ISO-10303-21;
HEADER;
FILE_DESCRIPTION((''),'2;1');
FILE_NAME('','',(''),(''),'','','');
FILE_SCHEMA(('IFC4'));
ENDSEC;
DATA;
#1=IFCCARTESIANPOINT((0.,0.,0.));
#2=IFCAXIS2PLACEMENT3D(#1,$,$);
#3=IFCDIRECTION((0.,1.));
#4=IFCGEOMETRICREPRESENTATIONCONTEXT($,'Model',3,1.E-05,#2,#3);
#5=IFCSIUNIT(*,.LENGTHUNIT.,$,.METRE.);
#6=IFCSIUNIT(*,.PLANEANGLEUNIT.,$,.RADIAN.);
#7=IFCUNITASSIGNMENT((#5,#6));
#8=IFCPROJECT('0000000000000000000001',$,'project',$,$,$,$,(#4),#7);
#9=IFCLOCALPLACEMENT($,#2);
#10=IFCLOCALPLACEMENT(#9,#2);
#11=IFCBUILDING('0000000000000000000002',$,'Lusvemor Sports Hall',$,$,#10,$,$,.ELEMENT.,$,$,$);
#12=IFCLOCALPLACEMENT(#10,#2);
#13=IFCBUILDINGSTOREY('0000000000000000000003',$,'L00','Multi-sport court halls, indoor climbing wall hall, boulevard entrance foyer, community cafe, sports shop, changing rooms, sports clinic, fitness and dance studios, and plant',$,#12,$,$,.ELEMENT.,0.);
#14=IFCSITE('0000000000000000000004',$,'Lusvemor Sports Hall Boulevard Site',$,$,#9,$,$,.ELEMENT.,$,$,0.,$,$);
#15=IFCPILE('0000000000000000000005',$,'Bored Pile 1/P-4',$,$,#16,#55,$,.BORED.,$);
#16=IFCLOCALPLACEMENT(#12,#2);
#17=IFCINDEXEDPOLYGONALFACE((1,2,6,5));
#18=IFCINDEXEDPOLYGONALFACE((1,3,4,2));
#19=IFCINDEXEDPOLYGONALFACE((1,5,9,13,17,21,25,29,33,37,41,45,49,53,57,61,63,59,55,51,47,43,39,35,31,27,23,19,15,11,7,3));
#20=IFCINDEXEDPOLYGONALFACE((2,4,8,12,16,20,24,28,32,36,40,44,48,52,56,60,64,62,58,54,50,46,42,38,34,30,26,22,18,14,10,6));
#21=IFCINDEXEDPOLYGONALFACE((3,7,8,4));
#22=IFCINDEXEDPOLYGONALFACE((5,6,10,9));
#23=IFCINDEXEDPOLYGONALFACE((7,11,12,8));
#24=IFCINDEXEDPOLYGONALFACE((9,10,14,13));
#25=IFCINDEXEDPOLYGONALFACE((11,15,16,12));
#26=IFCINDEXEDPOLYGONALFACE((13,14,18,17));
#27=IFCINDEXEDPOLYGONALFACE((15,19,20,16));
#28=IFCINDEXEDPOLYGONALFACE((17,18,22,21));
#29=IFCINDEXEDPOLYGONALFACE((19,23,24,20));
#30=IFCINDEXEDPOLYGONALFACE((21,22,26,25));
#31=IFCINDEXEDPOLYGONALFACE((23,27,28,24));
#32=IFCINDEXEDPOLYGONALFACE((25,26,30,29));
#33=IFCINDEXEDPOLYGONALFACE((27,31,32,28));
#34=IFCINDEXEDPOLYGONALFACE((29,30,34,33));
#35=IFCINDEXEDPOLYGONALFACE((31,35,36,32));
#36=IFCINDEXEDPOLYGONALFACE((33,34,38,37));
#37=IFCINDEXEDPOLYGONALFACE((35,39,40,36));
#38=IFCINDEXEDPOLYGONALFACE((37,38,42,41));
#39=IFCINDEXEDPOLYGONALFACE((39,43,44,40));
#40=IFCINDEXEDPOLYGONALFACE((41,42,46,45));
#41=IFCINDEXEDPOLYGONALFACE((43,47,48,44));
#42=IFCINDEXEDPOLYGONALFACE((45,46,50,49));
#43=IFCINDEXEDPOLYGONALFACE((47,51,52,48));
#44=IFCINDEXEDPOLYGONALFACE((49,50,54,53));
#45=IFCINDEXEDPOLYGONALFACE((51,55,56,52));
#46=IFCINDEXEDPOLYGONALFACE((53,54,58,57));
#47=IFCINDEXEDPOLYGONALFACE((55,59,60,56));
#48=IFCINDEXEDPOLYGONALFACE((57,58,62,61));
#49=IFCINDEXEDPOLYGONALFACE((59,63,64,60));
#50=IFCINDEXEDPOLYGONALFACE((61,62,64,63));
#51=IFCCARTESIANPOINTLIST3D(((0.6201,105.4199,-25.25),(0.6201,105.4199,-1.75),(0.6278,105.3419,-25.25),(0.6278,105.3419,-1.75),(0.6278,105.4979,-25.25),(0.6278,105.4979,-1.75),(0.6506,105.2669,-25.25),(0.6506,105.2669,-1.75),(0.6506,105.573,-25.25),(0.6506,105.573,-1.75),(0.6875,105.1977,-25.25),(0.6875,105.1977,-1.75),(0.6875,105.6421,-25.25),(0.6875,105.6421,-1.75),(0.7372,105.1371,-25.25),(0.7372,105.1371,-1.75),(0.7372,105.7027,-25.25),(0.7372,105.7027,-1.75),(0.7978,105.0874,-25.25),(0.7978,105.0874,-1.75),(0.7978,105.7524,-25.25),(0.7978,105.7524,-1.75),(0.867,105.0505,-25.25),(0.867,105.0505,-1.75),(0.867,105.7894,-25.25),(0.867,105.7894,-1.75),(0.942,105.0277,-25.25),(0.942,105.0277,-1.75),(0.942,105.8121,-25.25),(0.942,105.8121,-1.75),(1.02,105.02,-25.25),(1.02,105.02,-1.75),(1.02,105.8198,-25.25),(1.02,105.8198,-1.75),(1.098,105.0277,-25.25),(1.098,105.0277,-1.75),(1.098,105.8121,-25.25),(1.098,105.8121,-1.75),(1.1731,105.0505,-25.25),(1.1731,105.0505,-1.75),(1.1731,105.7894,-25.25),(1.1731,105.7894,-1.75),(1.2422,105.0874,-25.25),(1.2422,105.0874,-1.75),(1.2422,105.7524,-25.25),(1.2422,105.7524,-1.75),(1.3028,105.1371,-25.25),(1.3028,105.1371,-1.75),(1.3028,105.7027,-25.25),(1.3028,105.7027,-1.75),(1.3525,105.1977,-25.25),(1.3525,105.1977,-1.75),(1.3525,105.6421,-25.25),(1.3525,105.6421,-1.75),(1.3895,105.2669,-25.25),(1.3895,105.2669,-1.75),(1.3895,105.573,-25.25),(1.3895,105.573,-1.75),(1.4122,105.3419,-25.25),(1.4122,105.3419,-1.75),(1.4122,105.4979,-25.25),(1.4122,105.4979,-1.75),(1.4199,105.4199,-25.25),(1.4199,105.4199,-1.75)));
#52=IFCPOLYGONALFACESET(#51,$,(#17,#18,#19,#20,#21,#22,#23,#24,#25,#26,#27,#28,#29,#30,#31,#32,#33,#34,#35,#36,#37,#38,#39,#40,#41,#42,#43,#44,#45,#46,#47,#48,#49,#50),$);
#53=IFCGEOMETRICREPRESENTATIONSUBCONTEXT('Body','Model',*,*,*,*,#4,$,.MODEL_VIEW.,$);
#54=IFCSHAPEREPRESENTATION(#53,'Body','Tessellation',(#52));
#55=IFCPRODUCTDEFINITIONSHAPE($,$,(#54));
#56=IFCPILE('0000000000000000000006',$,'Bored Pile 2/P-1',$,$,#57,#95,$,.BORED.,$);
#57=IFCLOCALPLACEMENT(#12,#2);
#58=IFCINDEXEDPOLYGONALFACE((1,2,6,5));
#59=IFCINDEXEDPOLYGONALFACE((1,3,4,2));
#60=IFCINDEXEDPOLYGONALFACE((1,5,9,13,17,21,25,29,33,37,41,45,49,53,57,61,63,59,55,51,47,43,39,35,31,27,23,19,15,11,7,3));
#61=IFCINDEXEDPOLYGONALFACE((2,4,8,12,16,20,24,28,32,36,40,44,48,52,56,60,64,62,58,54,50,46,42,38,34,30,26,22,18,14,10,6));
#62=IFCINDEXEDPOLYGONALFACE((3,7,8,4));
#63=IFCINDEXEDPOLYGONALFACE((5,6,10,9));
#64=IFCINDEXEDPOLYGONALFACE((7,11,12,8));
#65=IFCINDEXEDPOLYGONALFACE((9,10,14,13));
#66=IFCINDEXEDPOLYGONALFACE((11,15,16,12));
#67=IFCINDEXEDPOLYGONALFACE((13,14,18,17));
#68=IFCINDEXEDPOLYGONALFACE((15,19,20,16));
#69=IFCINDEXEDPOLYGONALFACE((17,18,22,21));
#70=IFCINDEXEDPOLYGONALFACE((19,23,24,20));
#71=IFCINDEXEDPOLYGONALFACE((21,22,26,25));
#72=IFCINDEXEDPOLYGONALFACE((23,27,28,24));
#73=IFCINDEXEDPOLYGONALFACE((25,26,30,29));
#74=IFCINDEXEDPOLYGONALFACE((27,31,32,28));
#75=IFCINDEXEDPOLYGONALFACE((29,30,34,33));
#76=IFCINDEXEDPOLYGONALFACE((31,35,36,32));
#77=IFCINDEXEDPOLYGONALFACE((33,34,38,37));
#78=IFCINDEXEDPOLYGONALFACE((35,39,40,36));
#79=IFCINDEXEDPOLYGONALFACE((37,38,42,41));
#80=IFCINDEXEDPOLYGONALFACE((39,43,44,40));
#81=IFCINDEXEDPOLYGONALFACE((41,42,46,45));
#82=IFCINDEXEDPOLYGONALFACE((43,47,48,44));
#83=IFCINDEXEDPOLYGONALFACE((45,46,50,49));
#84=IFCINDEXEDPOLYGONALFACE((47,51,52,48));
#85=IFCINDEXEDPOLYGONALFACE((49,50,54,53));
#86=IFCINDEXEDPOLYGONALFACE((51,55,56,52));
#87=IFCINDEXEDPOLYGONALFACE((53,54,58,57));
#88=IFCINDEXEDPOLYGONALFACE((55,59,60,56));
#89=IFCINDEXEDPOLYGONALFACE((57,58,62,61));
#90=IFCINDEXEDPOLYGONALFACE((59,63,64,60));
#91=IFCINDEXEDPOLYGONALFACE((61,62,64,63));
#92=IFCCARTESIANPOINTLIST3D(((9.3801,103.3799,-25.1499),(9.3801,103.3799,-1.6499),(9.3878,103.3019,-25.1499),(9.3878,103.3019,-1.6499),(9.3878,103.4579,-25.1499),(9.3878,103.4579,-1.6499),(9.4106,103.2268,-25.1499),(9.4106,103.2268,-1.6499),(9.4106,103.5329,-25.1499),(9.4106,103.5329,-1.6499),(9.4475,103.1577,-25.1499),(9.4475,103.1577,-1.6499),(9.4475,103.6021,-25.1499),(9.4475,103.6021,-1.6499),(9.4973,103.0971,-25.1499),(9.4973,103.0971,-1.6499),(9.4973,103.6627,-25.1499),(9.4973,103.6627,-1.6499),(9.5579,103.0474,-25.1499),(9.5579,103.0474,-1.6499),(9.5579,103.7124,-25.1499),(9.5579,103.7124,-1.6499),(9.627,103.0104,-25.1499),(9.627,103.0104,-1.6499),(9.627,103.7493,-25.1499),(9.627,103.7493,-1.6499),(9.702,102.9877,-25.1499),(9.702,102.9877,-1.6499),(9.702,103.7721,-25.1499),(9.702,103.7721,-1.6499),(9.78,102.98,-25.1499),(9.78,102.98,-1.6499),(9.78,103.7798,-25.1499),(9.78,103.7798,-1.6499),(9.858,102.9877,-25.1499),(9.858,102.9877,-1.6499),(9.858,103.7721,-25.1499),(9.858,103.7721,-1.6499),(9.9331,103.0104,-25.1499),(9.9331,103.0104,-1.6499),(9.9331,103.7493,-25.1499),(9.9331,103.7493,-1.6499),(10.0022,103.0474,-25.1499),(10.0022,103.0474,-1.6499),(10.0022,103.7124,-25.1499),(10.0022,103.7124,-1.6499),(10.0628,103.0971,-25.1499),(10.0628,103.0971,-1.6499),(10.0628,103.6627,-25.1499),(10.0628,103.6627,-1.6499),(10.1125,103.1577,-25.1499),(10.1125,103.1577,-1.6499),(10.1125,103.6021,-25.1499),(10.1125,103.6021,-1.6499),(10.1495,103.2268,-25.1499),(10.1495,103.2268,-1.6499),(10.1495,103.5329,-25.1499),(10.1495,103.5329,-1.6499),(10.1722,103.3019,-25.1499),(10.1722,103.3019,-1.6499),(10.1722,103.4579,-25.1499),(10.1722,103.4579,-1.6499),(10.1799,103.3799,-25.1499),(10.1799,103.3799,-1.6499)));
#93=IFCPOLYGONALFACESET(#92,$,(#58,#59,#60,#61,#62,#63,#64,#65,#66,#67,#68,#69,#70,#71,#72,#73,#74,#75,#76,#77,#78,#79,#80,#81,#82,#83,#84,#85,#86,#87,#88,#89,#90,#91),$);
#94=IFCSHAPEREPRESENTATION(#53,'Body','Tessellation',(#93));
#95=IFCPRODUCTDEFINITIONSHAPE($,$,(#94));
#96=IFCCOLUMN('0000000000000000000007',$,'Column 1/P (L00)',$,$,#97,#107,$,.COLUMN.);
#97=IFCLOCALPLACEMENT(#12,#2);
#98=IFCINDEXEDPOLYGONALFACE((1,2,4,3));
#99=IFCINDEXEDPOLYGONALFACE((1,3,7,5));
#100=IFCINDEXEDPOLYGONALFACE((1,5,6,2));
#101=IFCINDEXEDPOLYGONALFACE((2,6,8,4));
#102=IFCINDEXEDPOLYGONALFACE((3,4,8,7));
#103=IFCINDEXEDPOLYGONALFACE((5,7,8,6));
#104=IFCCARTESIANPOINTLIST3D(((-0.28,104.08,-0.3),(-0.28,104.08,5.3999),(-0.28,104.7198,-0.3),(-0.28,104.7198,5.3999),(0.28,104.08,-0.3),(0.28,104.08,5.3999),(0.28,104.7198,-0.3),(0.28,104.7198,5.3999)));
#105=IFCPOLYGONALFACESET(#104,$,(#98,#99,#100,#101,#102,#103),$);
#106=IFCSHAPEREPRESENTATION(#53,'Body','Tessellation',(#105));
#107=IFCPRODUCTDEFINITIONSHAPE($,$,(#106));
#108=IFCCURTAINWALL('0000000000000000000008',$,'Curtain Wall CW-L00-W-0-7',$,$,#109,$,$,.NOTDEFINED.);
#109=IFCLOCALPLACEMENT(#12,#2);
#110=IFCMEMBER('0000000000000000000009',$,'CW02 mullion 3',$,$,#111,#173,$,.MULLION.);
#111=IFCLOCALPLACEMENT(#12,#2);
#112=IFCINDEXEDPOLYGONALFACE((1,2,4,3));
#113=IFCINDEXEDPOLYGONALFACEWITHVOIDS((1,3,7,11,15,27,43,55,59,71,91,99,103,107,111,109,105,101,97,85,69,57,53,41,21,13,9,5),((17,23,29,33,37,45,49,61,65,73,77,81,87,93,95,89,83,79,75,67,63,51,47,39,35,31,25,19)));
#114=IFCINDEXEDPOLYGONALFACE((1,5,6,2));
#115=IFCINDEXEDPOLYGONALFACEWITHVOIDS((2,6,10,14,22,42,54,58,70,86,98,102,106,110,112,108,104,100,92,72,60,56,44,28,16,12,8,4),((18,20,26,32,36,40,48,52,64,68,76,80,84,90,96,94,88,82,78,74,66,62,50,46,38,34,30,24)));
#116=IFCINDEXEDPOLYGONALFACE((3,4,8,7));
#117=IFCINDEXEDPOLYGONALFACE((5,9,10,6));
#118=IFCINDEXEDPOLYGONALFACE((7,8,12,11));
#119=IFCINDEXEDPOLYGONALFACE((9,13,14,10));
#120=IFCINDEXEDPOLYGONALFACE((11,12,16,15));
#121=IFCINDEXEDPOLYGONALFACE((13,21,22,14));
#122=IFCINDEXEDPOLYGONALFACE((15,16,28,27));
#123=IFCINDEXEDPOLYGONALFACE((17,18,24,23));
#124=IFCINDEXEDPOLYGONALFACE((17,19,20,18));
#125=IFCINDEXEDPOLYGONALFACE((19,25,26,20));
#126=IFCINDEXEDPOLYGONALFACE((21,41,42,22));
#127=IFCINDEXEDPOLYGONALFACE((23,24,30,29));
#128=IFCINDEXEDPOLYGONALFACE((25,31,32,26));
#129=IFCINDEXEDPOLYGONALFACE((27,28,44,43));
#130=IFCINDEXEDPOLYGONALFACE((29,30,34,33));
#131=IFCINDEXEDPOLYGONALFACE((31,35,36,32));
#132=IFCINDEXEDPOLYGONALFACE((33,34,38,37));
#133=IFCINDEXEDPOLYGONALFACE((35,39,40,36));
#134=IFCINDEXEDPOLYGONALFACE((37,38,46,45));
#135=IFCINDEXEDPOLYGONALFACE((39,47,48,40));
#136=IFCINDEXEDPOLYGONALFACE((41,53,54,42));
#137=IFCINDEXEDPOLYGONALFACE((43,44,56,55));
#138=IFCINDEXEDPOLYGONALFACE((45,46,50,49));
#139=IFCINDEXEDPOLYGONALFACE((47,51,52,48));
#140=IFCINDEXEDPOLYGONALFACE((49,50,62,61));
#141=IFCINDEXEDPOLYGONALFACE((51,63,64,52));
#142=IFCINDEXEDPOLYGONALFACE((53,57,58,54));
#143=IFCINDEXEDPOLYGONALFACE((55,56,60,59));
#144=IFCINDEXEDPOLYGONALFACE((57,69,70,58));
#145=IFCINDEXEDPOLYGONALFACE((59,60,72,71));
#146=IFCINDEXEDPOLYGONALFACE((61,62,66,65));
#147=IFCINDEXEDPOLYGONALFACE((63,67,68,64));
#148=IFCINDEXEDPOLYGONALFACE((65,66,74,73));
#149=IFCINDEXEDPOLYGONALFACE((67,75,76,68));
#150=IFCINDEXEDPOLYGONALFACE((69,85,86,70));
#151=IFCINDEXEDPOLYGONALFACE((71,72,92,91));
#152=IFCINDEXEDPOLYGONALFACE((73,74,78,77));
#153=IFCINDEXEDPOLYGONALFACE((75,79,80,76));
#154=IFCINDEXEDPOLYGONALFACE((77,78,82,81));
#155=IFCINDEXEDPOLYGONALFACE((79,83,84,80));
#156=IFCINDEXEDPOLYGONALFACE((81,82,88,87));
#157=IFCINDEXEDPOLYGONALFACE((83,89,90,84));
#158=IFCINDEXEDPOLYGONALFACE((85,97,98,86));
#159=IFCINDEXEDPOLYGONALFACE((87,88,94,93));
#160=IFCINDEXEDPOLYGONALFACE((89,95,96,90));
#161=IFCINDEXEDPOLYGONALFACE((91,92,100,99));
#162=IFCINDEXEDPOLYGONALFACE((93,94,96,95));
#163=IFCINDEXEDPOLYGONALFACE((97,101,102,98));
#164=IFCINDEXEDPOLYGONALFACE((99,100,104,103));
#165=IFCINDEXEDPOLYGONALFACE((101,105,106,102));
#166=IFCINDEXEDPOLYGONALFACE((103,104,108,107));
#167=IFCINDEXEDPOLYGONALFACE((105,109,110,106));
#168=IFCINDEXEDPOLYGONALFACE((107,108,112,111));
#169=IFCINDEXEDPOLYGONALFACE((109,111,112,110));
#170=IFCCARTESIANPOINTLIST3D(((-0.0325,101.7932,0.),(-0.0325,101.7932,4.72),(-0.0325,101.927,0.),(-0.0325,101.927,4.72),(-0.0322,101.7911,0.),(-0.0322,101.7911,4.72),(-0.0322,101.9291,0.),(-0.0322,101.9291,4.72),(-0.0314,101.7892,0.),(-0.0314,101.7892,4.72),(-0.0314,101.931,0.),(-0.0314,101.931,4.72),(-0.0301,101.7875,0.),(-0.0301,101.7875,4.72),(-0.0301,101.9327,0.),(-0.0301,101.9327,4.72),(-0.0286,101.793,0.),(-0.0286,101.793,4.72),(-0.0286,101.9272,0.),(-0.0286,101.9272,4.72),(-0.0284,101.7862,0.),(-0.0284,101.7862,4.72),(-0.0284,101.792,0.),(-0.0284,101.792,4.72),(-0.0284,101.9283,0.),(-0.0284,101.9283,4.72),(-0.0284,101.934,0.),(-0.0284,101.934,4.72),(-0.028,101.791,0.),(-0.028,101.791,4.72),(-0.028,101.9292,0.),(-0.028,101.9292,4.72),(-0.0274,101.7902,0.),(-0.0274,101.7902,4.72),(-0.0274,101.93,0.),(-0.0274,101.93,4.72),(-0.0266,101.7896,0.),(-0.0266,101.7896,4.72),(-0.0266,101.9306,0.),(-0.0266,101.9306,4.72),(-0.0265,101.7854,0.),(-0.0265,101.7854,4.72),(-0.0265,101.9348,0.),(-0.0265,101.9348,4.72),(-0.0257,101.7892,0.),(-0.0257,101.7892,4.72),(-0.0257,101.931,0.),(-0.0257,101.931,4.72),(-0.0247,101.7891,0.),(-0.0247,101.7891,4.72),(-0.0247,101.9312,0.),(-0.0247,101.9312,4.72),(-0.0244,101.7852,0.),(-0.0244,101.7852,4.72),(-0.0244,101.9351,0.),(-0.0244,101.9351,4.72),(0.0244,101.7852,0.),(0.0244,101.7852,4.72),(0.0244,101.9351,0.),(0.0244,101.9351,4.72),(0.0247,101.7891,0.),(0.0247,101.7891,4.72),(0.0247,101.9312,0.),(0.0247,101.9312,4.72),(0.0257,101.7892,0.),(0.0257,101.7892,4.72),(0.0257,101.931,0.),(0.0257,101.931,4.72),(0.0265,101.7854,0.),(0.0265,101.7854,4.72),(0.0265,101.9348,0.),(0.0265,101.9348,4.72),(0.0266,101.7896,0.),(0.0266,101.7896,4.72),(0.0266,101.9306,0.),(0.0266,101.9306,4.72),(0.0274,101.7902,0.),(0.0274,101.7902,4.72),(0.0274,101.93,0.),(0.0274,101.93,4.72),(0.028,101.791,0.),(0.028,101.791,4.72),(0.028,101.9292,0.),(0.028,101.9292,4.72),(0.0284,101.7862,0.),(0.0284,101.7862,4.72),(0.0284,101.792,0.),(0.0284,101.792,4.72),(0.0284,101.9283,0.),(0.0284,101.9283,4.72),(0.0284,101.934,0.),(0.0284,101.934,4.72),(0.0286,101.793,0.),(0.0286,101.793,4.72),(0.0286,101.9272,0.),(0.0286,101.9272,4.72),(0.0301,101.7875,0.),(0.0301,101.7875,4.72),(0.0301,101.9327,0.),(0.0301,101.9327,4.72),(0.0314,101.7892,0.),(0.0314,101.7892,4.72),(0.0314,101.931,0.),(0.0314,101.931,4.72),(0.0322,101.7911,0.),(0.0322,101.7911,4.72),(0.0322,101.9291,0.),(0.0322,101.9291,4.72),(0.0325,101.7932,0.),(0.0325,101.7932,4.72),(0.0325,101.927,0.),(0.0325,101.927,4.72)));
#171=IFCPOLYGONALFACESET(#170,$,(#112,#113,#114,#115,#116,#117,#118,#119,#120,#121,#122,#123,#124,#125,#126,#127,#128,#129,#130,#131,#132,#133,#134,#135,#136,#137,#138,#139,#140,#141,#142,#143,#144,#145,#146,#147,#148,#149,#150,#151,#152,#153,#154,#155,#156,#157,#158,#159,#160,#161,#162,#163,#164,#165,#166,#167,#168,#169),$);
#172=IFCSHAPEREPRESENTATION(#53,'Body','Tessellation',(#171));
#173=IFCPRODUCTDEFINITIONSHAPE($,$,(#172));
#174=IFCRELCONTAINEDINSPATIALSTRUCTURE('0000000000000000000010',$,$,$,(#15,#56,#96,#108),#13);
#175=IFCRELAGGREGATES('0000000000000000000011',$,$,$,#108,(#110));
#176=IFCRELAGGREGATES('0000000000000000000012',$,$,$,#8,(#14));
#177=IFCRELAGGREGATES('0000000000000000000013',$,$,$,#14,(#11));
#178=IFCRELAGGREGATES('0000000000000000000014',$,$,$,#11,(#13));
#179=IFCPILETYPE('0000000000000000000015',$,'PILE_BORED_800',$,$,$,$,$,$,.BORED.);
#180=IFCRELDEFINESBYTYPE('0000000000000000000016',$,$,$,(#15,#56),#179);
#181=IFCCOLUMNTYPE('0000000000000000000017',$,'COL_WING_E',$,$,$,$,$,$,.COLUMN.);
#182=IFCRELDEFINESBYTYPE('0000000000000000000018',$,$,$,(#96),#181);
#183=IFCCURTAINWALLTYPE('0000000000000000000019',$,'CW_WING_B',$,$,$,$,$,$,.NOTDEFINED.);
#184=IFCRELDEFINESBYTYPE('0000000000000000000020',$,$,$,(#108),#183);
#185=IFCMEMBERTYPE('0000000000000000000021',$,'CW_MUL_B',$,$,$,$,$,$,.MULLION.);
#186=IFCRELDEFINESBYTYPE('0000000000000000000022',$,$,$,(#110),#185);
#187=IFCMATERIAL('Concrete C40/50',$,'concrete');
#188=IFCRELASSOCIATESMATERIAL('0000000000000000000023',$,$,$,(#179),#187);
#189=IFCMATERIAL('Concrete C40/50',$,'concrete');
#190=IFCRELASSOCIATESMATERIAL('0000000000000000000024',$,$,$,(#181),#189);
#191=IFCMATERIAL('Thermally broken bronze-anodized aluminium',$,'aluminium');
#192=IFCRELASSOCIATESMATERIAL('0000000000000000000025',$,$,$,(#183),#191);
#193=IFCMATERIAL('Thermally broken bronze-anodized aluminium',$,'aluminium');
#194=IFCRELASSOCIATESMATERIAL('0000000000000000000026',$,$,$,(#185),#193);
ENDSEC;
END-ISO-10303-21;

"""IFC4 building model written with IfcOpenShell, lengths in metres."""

from ifc_helpers import new_model, si_unit, direction, frame, origin, origin_2d, place, context, subcontext, project, spatial, rectangle, hollow_rectangle, circle, extrude, material, material_profile, profile_set, type_object, element, aggregate, save


model = new_model("IFC4")

# Units and contexts
model_context = context("Model", 3, precision=1e-05, world=origin(), true_north=direction((0.0, 1.0)))
body_context = subcontext(model_context, "Body", "Model", "MODEL_VIEW")
ifc_project = project(units=[si_unit("LENGTHUNIT", "METRE"), si_unit("PLANEANGLEUNIT", "RADIAN")], contexts=[model_context])

# Site, building, storey
site_placement = place(None, origin())
site = spatial("IfcSite", under=ifc_project, at=site_placement, Name="Lusvemor Sports Hall Boulevard Site", CompositionType="ELEMENT", RefElevation=0.0)
building_placement = place(site_placement, origin())
building = spatial("IfcBuilding", under=site, at=building_placement, Name="Lusvemor Sports Hall", CompositionType="ELEMENT")
storey_placement = place(building_placement, origin())
storey = spatial("IfcBuildingStorey", under=building, at=storey_placement, Name="L00", Description="Multi-sport court halls, indoor climbing wall hall, boulevard entrance foyer, community cafe, sports shop, changing rooms, sports clinic, fitness and dance studios, and plant", CompositionType="ELEMENT", Elevation=0.0)

# Piles
ifc_material_1 = material(Name="Concrete C40/50", Category="concrete")
ifc_material_profile_1 = material_profile(ifc_material_1, circle(Radius=0.3999, at=origin_2d()), Name="PILE800")
ifc_profile_set_1 = profile_set([ifc_material_profile_1], Name="Concrete C40/50")
pile_type = type_object("IfcPileType", Name="PILE_BORED_800", PredefinedType="BORED", material=ifc_profile_set_1)
for number, where, z_axis, x_axis, name in (
    (1, (1.02, 105.4199, -1.75), (0.0, 0.0, -1.0), (1.0, 0.0, 0.0), "Bored Pile 1/P-4"),
    (2, (9.78, 103.3799, -1.6499), (0.0, 0.0, -1.0), (1.0, 0.0, 0.0), "Bored Pile 2/P-1"),
):
    element("IfcPile", number, at=place(storey_placement, frame(where, z_axis=z_axis, x_axis=x_axis)), inside=storey, type_object=pile_type, Name=name, PredefinedType="BORED", context=body_context, shape_type="SweptSolid", body=[
        extrude(circle(Radius=0.3999, at=origin_2d()), origin(), (0.0, 0.0, 1.0), 23.5),
    ])

# Column
ifc_material_2 = material(Name="Concrete C40/50", Category="concrete")
ifc_material_profile_2 = material_profile(ifc_material_2, rectangle(XDim=0.5601, YDim=0.6399, at=origin_2d()), Name="RC560x640")
ifc_profile_set_2 = profile_set([ifc_material_profile_2], Name="Concrete C40/50")
column_type = type_object("IfcColumnType", Name="COL_WING_E", PredefinedType="COLUMN", material=ifc_profile_set_2)
column_placement = place(storey_placement, frame((0.0, 104.3999, -0.3), z_axis=(0.0, 0.0, 1.0), x_axis=(1.0, 0.0, 0.0)))
element("IfcColumn", 3, at=column_placement, inside=storey, type_object=column_type, Name="Column 1/P (L00)", PredefinedType="COLUMN", context=body_context, shape_type="SweptSolid", body=[
    extrude(rectangle(XDim=0.5601, YDim=0.6399, at=origin_2d()), origin(), (0.0, 0.0, 1.0), 5.7),
])

# Curtain wall, member
ifc_material_3 = material(Name="Thermally broken bronze-anodized aluminium", Category="aluminium")
curtain_wall_type = type_object("IfcCurtainWallType", Name="CW_WING_B", PredefinedType="NOTDEFINED", material=ifc_material_3)
curtain_wall_placement = place(storey_placement, origin())
curtain_wall = element("IfcCurtainWall", 4, at=curtain_wall_placement, inside=storey, type_object=curtain_wall_type, Name="Curtain Wall CW-L00-W-0-7", PredefinedType="NOTDEFINED")
ifc_material_4 = material(Name="Thermally broken bronze-anodized aluminium", Category="aluminium")
ifc_material_profile_3 = material_profile(ifc_material_4, hollow_rectangle(XDim=0.0649, YDim=0.1499, WallThickness=0.0039, InnerFilletRadius=0.0039, OuterFilletRadius=0.0081, at=origin_2d()), Name="CWMUL150x65x4")
ifc_profile_set_3 = profile_set([ifc_material_profile_3], Name="Thermally broken bronze-anodized aluminium")
member_type_1 = type_object("IfcMemberType", Name="CW_MUL_B", PredefinedType="MULLION", material=ifc_profile_set_3)
member_1_placement = place(storey_placement, frame((0.0, 101.8601, 0.0), z_axis=(0.0, 0.0, 1.0), x_axis=(-1.0, 0.0, 0.0)))
member_1 = element("IfcMember", 5, at=member_1_placement, type_object=member_type_1, Name="CW02 mullion 3", PredefinedType="MULLION", context=body_context, shape_type="SweptSolid", body=[
    extrude(hollow_rectangle(XDim=0.0649, YDim=0.1499, WallThickness=0.0039, InnerFilletRadius=0.0039, OuterFilletRadius=0.0081, at=origin_2d()), origin(), (0.0, 0.0, 1.0), 4.72),
])
aggregate(curtain_wall, [member_1])

save(model, "model.ifc")
